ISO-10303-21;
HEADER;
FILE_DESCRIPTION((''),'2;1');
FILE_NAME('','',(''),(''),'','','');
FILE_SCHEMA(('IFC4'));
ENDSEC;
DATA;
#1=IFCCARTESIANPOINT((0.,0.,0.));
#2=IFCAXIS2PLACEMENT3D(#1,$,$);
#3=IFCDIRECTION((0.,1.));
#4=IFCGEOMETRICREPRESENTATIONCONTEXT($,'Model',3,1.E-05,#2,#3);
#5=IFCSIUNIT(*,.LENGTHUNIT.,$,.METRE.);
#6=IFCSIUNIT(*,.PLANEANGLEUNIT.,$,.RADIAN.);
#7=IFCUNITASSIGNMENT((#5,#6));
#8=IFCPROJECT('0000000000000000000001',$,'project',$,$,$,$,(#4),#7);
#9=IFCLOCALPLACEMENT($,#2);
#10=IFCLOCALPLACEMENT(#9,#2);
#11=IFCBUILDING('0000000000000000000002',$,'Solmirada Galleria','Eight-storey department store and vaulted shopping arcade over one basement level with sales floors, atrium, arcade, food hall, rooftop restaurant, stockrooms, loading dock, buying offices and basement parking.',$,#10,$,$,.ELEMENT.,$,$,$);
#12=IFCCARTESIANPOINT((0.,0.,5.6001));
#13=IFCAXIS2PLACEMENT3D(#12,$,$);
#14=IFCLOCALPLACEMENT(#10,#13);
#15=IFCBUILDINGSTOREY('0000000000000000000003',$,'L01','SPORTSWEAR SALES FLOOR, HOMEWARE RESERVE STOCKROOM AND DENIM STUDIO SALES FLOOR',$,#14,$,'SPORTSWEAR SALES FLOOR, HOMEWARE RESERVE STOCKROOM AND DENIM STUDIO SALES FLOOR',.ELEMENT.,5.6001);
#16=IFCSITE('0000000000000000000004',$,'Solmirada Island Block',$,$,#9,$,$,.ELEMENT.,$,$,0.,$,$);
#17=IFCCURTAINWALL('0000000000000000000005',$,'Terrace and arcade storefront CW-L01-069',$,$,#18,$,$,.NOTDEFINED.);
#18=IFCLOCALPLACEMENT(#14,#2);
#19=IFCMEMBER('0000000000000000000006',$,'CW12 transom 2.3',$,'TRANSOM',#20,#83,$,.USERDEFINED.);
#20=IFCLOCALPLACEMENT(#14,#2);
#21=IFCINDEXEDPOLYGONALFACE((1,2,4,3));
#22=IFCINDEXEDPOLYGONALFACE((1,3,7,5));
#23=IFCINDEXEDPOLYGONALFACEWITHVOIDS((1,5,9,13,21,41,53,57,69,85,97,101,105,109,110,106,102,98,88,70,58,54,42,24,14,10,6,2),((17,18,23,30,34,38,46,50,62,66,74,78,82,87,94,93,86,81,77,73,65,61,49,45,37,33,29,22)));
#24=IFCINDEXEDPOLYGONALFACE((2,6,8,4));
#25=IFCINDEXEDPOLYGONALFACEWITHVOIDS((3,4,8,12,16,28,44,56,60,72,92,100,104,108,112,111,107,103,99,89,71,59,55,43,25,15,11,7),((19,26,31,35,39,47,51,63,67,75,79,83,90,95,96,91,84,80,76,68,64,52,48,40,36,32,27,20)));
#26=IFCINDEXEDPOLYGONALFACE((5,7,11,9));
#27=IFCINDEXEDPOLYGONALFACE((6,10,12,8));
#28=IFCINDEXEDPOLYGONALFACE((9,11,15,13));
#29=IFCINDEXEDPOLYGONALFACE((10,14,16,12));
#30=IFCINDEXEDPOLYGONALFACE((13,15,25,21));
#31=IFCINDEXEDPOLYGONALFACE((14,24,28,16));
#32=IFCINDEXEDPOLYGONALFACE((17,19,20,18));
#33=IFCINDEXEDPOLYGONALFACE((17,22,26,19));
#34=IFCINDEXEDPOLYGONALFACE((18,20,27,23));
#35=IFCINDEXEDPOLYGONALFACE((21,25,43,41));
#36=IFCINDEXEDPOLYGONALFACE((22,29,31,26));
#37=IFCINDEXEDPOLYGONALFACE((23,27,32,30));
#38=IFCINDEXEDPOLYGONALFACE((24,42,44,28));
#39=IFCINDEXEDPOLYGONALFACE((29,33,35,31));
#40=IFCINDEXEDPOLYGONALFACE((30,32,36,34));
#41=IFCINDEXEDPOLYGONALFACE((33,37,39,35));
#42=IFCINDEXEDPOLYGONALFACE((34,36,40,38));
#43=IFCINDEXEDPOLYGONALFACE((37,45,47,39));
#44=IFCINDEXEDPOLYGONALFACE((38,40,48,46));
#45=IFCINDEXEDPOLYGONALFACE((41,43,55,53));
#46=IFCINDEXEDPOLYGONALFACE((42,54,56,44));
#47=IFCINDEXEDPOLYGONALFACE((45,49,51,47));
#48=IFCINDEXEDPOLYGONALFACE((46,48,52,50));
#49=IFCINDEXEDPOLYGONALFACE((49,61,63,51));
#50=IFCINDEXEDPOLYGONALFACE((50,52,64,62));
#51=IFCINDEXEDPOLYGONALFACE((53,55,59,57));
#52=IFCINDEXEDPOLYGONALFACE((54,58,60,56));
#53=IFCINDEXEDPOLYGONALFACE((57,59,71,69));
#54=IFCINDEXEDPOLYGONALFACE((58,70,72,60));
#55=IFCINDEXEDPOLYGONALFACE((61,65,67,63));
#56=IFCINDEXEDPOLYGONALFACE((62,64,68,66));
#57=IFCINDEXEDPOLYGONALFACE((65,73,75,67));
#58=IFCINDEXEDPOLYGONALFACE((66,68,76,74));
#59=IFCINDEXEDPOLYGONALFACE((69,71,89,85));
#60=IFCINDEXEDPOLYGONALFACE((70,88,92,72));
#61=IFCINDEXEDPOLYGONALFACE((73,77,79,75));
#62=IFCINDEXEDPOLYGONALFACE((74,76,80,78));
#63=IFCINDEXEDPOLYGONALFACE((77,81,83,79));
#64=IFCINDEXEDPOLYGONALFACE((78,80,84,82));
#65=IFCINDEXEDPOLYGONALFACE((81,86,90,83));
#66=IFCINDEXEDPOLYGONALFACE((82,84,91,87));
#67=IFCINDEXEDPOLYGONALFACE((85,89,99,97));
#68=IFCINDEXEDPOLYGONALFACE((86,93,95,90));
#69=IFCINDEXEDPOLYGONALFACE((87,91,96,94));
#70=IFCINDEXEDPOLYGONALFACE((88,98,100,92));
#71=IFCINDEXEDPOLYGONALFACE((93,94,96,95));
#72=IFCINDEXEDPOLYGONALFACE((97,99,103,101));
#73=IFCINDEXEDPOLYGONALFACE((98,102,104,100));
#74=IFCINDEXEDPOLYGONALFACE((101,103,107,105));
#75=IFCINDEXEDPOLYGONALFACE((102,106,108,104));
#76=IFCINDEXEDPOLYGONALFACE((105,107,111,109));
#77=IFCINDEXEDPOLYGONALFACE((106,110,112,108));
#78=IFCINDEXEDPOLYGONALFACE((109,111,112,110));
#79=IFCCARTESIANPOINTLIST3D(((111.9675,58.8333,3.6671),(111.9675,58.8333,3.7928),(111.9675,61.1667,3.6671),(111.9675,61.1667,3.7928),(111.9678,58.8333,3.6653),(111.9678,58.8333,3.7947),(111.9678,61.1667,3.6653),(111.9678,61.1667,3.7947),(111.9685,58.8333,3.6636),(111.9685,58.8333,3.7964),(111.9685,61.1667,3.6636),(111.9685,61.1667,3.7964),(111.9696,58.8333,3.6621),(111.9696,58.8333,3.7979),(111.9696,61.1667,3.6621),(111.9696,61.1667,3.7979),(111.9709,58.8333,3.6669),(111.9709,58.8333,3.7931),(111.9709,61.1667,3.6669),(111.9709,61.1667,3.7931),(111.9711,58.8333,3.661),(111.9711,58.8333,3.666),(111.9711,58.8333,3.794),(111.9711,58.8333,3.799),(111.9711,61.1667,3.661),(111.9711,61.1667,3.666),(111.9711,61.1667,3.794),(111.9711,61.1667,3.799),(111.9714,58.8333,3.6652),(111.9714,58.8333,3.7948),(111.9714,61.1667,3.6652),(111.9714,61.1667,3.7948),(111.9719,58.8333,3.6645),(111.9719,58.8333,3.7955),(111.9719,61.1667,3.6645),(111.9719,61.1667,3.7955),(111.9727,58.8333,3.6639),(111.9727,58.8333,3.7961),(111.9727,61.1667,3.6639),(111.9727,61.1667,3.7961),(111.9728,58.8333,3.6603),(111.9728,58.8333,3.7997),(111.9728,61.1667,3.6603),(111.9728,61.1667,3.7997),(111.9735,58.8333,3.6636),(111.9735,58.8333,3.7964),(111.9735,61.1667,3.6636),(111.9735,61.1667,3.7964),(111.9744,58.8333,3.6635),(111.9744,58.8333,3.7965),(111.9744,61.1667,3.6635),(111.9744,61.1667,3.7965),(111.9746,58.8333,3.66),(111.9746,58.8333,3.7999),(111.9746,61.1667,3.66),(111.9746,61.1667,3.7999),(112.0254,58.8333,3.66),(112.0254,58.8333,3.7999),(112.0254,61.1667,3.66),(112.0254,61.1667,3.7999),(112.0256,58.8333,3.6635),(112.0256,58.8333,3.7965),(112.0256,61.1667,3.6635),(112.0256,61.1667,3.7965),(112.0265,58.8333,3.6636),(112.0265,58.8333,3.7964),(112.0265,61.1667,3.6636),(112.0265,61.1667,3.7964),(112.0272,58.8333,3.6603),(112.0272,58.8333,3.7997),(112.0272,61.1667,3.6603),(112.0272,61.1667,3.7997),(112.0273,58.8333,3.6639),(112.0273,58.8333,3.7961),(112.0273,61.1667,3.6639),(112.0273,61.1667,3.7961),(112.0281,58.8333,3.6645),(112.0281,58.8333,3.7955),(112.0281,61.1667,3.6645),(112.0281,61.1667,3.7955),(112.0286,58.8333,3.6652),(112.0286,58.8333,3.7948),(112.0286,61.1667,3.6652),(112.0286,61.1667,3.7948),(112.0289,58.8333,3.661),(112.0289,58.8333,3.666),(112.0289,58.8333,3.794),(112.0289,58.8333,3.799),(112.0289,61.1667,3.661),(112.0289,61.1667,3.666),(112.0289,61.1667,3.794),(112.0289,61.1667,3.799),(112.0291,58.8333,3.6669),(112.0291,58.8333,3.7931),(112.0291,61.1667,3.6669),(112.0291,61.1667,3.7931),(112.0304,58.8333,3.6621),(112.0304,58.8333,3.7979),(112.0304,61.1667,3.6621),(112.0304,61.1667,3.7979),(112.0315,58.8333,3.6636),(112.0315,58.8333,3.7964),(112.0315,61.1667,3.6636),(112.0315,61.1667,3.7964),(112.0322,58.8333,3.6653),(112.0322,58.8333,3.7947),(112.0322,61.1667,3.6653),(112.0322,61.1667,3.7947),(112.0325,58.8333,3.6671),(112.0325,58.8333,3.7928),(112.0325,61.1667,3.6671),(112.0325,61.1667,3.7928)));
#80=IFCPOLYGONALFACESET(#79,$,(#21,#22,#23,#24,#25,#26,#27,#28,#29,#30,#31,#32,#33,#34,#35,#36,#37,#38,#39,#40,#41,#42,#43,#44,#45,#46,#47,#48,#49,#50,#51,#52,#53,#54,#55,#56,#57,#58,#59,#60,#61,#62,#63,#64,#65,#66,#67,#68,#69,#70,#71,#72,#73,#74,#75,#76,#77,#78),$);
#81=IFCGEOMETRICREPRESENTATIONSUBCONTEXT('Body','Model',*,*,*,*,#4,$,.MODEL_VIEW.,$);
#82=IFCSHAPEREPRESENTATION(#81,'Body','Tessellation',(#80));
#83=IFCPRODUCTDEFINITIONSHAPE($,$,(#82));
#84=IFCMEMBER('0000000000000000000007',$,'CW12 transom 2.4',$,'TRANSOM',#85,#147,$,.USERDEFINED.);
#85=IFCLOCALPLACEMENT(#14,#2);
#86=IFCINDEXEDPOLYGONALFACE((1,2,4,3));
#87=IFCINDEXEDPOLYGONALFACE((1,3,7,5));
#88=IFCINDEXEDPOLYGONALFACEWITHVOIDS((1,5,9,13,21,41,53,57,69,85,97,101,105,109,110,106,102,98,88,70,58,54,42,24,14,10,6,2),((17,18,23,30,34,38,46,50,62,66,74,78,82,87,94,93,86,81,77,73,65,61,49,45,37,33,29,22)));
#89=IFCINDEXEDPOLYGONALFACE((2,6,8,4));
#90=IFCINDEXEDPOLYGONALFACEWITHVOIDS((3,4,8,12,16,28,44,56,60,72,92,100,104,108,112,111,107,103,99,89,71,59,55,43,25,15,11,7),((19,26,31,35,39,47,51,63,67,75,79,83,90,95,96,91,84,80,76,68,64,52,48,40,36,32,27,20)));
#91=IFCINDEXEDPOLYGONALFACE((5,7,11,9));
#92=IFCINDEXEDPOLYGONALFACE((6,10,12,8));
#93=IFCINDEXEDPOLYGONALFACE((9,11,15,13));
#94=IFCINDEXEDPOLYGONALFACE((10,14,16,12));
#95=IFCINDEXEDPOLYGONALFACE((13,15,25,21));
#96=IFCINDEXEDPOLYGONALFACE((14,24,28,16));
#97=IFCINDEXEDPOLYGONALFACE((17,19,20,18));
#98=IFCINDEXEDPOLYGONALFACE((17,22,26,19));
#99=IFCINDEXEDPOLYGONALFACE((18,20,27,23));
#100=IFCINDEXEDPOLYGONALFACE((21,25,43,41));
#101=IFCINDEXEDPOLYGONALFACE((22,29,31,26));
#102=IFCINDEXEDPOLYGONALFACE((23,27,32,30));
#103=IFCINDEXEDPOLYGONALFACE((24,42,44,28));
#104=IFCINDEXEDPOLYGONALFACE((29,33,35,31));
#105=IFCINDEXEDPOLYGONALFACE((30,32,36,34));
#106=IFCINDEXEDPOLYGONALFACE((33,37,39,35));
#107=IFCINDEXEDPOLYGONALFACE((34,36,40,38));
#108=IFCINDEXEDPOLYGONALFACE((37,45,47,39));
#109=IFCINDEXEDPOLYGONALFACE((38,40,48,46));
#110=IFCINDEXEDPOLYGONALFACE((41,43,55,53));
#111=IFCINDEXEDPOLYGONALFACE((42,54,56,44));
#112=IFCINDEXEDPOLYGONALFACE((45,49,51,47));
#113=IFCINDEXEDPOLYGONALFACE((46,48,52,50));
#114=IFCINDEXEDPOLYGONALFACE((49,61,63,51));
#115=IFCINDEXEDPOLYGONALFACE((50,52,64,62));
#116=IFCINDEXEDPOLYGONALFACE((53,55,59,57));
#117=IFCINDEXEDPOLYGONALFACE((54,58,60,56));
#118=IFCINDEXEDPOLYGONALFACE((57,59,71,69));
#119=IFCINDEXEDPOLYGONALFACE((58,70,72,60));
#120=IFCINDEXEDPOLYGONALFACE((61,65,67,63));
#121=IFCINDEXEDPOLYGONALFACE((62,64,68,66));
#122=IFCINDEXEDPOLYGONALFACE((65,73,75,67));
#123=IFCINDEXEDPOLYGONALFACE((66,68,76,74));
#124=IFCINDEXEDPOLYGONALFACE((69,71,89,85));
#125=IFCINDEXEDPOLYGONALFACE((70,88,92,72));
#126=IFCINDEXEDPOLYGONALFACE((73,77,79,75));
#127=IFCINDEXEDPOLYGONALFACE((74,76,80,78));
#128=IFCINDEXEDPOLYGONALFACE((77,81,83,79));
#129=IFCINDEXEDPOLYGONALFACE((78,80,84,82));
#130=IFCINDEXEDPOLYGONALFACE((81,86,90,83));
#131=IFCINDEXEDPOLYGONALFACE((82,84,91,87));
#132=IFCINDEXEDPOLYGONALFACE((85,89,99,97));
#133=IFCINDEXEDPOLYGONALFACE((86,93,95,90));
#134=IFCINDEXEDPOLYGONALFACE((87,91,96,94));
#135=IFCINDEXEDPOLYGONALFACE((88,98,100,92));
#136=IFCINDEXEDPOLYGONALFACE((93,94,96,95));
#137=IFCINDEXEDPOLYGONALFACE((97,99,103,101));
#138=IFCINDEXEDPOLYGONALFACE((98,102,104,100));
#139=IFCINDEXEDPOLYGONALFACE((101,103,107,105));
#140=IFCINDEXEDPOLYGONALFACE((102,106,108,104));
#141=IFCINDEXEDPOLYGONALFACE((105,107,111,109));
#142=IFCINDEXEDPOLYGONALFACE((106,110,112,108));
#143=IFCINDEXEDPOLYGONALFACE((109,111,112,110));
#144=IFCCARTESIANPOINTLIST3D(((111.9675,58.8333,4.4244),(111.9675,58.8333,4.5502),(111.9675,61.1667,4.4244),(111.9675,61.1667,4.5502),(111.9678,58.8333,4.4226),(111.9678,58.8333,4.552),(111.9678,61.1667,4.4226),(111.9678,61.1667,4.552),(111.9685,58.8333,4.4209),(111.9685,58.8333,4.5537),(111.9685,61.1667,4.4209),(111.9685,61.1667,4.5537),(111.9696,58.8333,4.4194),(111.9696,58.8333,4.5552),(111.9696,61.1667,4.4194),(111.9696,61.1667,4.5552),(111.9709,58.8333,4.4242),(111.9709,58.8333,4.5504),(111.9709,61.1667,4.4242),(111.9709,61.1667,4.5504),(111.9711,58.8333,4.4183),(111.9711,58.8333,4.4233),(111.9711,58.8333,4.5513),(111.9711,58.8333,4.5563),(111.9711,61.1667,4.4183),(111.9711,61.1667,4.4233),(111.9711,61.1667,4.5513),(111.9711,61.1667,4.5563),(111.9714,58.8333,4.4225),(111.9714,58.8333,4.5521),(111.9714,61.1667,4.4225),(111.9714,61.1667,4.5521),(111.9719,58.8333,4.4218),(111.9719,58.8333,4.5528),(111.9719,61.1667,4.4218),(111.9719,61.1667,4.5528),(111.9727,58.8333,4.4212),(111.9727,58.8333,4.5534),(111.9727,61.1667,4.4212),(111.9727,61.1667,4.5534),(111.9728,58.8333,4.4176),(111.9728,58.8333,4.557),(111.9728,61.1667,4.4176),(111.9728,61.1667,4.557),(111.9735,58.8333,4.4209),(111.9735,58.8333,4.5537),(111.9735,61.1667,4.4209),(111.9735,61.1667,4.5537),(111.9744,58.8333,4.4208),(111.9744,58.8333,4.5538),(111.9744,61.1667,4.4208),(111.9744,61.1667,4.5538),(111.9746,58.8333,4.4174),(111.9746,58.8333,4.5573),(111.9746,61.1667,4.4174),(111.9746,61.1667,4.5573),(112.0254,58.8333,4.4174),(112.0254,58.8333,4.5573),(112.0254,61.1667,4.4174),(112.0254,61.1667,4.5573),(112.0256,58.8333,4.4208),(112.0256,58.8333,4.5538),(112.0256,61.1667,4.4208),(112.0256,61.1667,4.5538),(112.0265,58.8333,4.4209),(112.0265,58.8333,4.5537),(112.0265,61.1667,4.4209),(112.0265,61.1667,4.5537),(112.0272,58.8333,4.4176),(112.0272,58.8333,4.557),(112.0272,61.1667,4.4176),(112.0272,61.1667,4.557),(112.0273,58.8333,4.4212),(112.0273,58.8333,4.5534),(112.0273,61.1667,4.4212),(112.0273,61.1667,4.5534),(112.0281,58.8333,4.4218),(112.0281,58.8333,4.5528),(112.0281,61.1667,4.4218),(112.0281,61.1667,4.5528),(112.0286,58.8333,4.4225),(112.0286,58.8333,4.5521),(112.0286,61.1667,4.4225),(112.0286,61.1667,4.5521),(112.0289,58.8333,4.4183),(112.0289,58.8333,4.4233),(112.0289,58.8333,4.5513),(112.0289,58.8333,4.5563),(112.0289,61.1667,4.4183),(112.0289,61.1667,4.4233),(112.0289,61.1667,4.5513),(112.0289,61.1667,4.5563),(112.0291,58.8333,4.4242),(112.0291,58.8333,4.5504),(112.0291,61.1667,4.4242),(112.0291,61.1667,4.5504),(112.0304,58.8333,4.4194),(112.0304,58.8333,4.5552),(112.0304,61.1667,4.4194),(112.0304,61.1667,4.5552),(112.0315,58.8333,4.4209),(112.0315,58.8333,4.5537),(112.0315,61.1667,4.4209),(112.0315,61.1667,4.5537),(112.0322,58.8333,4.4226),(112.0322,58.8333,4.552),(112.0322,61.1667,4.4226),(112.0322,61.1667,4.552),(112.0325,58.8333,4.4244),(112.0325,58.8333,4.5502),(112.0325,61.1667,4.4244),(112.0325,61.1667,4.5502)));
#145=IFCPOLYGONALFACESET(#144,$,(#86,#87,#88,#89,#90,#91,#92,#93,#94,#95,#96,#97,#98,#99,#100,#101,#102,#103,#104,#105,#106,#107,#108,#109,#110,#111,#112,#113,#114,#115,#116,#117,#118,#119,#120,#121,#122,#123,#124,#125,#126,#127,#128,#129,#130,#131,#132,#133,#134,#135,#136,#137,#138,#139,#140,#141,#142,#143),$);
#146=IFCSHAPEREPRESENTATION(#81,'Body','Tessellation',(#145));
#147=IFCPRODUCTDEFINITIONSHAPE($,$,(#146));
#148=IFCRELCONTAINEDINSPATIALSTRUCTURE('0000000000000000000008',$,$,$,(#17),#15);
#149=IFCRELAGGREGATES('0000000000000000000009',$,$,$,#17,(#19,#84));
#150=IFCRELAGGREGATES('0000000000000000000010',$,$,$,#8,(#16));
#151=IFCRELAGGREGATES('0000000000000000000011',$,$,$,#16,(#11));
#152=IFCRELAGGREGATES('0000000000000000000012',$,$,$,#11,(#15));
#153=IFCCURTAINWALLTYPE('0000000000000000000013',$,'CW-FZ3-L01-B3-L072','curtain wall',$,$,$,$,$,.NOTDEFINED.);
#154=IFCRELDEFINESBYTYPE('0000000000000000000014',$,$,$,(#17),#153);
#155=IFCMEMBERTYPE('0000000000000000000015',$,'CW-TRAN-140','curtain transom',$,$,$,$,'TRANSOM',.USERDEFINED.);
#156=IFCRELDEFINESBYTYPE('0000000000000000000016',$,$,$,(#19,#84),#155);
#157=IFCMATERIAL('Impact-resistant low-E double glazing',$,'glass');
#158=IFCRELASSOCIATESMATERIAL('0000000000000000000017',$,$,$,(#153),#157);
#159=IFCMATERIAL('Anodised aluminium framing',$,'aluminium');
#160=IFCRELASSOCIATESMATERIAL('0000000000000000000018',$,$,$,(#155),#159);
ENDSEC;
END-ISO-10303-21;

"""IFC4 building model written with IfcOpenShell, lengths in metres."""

from ifc_helpers import new_model, si_unit, direction, frame, origin, origin_2d, place, context, subcontext, project, spatial, hollow_rectangle, extrude, material, material_profile, profile_set, type_object, element, aggregate, save


model = new_model("IFC4")

# Units and contexts
model_context = context("Model", 3, precision=1e-05, world=origin(), true_north=direction((0.0, 1.0)))
body_context = subcontext(model_context, "Body", "Model", "MODEL_VIEW")
ifc_project = project(units=[si_unit("LENGTHUNIT", "METRE"), si_unit("PLANEANGLEUNIT", "RADIAN")], contexts=[model_context])

# Site, building, storey
site_placement = place(None, origin())
site = spatial("IfcSite", under=ifc_project, at=site_placement, Name="Solmirada Island Block", CompositionType="ELEMENT", RefElevation=0.0)
building_placement = place(site_placement, origin())
building = spatial("IfcBuilding", under=site, at=building_placement, Name="Solmirada Galleria", Description="Eight-storey department store and vaulted shopping arcade over one basement level with sales floors, atrium, arcade, food hall, rooftop restaurant, stockrooms, loading dock, buying offices and basement parking.", CompositionType="ELEMENT")
storey_placement = place(building_placement, frame((0.0, 0.0, 5.6001)))
storey = spatial("IfcBuildingStorey", under=building, at=storey_placement, Name="L01", Description="SPORTSWEAR SALES FLOOR, HOMEWARE RESERVE STOCKROOM AND DENIM STUDIO SALES FLOOR", LongName="SPORTSWEAR SALES FLOOR, HOMEWARE RESERVE STOCKROOM AND DENIM STUDIO SALES FLOOR", CompositionType="ELEMENT", Elevation=5.6001)

# Curtain wall
ifc_material_1 = material(Name="Impact-resistant low-E double glazing", Category="glass")
curtain_wall_type = type_object("IfcCurtainWallType", Name="CW-FZ3-L01-B3-L072", Description="curtain wall", PredefinedType="NOTDEFINED", material=ifc_material_1)
curtain_wall_1_placement = place(storey_placement, origin())
curtain_wall_1 = element("IfcCurtainWall", 1, at=curtain_wall_1_placement, inside=storey, type_object=curtain_wall_type, Name="Terrace and arcade storefront CW-L01-069", PredefinedType="NOTDEFINED")
ifc_material_2 = material(Name="Anodised aluminium framing", Category="aluminium")

# Members
ifc_material_profile_1 = material_profile(ifc_material_2, hollow_rectangle(XDim=0.0649, YDim=0.1399, WallThickness=0.0034, InnerFilletRadius=0.0034, OuterFilletRadius=0.0071, at=origin_2d()), Name="ALU-TRAN-140X65")
ifc_profile_set_1 = profile_set([ifc_material_profile_1], Name="Anodised aluminium framing")
member_type_1 = type_object("IfcMemberType", Name="CW-TRAN-140", Description="curtain transom", ElementType="TRANSOM", PredefinedType="USERDEFINED", material=ifc_profile_set_1)
member_1_placement = place(storey_placement, frame((112.0, 61.1667, 3.73), z_axis=(0.0, -1.0, 0.0), x_axis=(1.0, 0.0, 0.0)))
member_1 = element("IfcMember", 2, at=member_1_placement, type_object=member_type_1, Name="CW12 transom 2.3", ObjectType="TRANSOM", PredefinedType="USERDEFINED", context=body_context, shape_type="SweptSolid", body=[
    extrude(hollow_rectangle(XDim=0.0649, YDim=0.1399, WallThickness=0.0034, InnerFilletRadius=0.0034, OuterFilletRadius=0.0071, at=origin_2d()), origin(), (0.0, 0.0, 1.0), 2.3335),
])
member_2_placement = place(storey_placement, frame((112.0, 61.1667, 4.4873), z_axis=(0.0, -1.0, 0.0), x_axis=(1.0, 0.0, 0.0)))
member_2 = element("IfcMember", 3, at=member_2_placement, type_object=member_type_1, Name="CW12 transom 2.4", ObjectType="TRANSOM", PredefinedType="USERDEFINED", context=body_context, shape_type="SweptSolid", body=[
    extrude(hollow_rectangle(XDim=0.0649, YDim=0.1399, WallThickness=0.0034, InnerFilletRadius=0.0034, OuterFilletRadius=0.0071, at=origin_2d()), origin(), (0.0, 0.0, 1.0), 2.3335),
])

aggregate(curtain_wall_1, [member_1, member_2])

save(model, "model.ifc")
